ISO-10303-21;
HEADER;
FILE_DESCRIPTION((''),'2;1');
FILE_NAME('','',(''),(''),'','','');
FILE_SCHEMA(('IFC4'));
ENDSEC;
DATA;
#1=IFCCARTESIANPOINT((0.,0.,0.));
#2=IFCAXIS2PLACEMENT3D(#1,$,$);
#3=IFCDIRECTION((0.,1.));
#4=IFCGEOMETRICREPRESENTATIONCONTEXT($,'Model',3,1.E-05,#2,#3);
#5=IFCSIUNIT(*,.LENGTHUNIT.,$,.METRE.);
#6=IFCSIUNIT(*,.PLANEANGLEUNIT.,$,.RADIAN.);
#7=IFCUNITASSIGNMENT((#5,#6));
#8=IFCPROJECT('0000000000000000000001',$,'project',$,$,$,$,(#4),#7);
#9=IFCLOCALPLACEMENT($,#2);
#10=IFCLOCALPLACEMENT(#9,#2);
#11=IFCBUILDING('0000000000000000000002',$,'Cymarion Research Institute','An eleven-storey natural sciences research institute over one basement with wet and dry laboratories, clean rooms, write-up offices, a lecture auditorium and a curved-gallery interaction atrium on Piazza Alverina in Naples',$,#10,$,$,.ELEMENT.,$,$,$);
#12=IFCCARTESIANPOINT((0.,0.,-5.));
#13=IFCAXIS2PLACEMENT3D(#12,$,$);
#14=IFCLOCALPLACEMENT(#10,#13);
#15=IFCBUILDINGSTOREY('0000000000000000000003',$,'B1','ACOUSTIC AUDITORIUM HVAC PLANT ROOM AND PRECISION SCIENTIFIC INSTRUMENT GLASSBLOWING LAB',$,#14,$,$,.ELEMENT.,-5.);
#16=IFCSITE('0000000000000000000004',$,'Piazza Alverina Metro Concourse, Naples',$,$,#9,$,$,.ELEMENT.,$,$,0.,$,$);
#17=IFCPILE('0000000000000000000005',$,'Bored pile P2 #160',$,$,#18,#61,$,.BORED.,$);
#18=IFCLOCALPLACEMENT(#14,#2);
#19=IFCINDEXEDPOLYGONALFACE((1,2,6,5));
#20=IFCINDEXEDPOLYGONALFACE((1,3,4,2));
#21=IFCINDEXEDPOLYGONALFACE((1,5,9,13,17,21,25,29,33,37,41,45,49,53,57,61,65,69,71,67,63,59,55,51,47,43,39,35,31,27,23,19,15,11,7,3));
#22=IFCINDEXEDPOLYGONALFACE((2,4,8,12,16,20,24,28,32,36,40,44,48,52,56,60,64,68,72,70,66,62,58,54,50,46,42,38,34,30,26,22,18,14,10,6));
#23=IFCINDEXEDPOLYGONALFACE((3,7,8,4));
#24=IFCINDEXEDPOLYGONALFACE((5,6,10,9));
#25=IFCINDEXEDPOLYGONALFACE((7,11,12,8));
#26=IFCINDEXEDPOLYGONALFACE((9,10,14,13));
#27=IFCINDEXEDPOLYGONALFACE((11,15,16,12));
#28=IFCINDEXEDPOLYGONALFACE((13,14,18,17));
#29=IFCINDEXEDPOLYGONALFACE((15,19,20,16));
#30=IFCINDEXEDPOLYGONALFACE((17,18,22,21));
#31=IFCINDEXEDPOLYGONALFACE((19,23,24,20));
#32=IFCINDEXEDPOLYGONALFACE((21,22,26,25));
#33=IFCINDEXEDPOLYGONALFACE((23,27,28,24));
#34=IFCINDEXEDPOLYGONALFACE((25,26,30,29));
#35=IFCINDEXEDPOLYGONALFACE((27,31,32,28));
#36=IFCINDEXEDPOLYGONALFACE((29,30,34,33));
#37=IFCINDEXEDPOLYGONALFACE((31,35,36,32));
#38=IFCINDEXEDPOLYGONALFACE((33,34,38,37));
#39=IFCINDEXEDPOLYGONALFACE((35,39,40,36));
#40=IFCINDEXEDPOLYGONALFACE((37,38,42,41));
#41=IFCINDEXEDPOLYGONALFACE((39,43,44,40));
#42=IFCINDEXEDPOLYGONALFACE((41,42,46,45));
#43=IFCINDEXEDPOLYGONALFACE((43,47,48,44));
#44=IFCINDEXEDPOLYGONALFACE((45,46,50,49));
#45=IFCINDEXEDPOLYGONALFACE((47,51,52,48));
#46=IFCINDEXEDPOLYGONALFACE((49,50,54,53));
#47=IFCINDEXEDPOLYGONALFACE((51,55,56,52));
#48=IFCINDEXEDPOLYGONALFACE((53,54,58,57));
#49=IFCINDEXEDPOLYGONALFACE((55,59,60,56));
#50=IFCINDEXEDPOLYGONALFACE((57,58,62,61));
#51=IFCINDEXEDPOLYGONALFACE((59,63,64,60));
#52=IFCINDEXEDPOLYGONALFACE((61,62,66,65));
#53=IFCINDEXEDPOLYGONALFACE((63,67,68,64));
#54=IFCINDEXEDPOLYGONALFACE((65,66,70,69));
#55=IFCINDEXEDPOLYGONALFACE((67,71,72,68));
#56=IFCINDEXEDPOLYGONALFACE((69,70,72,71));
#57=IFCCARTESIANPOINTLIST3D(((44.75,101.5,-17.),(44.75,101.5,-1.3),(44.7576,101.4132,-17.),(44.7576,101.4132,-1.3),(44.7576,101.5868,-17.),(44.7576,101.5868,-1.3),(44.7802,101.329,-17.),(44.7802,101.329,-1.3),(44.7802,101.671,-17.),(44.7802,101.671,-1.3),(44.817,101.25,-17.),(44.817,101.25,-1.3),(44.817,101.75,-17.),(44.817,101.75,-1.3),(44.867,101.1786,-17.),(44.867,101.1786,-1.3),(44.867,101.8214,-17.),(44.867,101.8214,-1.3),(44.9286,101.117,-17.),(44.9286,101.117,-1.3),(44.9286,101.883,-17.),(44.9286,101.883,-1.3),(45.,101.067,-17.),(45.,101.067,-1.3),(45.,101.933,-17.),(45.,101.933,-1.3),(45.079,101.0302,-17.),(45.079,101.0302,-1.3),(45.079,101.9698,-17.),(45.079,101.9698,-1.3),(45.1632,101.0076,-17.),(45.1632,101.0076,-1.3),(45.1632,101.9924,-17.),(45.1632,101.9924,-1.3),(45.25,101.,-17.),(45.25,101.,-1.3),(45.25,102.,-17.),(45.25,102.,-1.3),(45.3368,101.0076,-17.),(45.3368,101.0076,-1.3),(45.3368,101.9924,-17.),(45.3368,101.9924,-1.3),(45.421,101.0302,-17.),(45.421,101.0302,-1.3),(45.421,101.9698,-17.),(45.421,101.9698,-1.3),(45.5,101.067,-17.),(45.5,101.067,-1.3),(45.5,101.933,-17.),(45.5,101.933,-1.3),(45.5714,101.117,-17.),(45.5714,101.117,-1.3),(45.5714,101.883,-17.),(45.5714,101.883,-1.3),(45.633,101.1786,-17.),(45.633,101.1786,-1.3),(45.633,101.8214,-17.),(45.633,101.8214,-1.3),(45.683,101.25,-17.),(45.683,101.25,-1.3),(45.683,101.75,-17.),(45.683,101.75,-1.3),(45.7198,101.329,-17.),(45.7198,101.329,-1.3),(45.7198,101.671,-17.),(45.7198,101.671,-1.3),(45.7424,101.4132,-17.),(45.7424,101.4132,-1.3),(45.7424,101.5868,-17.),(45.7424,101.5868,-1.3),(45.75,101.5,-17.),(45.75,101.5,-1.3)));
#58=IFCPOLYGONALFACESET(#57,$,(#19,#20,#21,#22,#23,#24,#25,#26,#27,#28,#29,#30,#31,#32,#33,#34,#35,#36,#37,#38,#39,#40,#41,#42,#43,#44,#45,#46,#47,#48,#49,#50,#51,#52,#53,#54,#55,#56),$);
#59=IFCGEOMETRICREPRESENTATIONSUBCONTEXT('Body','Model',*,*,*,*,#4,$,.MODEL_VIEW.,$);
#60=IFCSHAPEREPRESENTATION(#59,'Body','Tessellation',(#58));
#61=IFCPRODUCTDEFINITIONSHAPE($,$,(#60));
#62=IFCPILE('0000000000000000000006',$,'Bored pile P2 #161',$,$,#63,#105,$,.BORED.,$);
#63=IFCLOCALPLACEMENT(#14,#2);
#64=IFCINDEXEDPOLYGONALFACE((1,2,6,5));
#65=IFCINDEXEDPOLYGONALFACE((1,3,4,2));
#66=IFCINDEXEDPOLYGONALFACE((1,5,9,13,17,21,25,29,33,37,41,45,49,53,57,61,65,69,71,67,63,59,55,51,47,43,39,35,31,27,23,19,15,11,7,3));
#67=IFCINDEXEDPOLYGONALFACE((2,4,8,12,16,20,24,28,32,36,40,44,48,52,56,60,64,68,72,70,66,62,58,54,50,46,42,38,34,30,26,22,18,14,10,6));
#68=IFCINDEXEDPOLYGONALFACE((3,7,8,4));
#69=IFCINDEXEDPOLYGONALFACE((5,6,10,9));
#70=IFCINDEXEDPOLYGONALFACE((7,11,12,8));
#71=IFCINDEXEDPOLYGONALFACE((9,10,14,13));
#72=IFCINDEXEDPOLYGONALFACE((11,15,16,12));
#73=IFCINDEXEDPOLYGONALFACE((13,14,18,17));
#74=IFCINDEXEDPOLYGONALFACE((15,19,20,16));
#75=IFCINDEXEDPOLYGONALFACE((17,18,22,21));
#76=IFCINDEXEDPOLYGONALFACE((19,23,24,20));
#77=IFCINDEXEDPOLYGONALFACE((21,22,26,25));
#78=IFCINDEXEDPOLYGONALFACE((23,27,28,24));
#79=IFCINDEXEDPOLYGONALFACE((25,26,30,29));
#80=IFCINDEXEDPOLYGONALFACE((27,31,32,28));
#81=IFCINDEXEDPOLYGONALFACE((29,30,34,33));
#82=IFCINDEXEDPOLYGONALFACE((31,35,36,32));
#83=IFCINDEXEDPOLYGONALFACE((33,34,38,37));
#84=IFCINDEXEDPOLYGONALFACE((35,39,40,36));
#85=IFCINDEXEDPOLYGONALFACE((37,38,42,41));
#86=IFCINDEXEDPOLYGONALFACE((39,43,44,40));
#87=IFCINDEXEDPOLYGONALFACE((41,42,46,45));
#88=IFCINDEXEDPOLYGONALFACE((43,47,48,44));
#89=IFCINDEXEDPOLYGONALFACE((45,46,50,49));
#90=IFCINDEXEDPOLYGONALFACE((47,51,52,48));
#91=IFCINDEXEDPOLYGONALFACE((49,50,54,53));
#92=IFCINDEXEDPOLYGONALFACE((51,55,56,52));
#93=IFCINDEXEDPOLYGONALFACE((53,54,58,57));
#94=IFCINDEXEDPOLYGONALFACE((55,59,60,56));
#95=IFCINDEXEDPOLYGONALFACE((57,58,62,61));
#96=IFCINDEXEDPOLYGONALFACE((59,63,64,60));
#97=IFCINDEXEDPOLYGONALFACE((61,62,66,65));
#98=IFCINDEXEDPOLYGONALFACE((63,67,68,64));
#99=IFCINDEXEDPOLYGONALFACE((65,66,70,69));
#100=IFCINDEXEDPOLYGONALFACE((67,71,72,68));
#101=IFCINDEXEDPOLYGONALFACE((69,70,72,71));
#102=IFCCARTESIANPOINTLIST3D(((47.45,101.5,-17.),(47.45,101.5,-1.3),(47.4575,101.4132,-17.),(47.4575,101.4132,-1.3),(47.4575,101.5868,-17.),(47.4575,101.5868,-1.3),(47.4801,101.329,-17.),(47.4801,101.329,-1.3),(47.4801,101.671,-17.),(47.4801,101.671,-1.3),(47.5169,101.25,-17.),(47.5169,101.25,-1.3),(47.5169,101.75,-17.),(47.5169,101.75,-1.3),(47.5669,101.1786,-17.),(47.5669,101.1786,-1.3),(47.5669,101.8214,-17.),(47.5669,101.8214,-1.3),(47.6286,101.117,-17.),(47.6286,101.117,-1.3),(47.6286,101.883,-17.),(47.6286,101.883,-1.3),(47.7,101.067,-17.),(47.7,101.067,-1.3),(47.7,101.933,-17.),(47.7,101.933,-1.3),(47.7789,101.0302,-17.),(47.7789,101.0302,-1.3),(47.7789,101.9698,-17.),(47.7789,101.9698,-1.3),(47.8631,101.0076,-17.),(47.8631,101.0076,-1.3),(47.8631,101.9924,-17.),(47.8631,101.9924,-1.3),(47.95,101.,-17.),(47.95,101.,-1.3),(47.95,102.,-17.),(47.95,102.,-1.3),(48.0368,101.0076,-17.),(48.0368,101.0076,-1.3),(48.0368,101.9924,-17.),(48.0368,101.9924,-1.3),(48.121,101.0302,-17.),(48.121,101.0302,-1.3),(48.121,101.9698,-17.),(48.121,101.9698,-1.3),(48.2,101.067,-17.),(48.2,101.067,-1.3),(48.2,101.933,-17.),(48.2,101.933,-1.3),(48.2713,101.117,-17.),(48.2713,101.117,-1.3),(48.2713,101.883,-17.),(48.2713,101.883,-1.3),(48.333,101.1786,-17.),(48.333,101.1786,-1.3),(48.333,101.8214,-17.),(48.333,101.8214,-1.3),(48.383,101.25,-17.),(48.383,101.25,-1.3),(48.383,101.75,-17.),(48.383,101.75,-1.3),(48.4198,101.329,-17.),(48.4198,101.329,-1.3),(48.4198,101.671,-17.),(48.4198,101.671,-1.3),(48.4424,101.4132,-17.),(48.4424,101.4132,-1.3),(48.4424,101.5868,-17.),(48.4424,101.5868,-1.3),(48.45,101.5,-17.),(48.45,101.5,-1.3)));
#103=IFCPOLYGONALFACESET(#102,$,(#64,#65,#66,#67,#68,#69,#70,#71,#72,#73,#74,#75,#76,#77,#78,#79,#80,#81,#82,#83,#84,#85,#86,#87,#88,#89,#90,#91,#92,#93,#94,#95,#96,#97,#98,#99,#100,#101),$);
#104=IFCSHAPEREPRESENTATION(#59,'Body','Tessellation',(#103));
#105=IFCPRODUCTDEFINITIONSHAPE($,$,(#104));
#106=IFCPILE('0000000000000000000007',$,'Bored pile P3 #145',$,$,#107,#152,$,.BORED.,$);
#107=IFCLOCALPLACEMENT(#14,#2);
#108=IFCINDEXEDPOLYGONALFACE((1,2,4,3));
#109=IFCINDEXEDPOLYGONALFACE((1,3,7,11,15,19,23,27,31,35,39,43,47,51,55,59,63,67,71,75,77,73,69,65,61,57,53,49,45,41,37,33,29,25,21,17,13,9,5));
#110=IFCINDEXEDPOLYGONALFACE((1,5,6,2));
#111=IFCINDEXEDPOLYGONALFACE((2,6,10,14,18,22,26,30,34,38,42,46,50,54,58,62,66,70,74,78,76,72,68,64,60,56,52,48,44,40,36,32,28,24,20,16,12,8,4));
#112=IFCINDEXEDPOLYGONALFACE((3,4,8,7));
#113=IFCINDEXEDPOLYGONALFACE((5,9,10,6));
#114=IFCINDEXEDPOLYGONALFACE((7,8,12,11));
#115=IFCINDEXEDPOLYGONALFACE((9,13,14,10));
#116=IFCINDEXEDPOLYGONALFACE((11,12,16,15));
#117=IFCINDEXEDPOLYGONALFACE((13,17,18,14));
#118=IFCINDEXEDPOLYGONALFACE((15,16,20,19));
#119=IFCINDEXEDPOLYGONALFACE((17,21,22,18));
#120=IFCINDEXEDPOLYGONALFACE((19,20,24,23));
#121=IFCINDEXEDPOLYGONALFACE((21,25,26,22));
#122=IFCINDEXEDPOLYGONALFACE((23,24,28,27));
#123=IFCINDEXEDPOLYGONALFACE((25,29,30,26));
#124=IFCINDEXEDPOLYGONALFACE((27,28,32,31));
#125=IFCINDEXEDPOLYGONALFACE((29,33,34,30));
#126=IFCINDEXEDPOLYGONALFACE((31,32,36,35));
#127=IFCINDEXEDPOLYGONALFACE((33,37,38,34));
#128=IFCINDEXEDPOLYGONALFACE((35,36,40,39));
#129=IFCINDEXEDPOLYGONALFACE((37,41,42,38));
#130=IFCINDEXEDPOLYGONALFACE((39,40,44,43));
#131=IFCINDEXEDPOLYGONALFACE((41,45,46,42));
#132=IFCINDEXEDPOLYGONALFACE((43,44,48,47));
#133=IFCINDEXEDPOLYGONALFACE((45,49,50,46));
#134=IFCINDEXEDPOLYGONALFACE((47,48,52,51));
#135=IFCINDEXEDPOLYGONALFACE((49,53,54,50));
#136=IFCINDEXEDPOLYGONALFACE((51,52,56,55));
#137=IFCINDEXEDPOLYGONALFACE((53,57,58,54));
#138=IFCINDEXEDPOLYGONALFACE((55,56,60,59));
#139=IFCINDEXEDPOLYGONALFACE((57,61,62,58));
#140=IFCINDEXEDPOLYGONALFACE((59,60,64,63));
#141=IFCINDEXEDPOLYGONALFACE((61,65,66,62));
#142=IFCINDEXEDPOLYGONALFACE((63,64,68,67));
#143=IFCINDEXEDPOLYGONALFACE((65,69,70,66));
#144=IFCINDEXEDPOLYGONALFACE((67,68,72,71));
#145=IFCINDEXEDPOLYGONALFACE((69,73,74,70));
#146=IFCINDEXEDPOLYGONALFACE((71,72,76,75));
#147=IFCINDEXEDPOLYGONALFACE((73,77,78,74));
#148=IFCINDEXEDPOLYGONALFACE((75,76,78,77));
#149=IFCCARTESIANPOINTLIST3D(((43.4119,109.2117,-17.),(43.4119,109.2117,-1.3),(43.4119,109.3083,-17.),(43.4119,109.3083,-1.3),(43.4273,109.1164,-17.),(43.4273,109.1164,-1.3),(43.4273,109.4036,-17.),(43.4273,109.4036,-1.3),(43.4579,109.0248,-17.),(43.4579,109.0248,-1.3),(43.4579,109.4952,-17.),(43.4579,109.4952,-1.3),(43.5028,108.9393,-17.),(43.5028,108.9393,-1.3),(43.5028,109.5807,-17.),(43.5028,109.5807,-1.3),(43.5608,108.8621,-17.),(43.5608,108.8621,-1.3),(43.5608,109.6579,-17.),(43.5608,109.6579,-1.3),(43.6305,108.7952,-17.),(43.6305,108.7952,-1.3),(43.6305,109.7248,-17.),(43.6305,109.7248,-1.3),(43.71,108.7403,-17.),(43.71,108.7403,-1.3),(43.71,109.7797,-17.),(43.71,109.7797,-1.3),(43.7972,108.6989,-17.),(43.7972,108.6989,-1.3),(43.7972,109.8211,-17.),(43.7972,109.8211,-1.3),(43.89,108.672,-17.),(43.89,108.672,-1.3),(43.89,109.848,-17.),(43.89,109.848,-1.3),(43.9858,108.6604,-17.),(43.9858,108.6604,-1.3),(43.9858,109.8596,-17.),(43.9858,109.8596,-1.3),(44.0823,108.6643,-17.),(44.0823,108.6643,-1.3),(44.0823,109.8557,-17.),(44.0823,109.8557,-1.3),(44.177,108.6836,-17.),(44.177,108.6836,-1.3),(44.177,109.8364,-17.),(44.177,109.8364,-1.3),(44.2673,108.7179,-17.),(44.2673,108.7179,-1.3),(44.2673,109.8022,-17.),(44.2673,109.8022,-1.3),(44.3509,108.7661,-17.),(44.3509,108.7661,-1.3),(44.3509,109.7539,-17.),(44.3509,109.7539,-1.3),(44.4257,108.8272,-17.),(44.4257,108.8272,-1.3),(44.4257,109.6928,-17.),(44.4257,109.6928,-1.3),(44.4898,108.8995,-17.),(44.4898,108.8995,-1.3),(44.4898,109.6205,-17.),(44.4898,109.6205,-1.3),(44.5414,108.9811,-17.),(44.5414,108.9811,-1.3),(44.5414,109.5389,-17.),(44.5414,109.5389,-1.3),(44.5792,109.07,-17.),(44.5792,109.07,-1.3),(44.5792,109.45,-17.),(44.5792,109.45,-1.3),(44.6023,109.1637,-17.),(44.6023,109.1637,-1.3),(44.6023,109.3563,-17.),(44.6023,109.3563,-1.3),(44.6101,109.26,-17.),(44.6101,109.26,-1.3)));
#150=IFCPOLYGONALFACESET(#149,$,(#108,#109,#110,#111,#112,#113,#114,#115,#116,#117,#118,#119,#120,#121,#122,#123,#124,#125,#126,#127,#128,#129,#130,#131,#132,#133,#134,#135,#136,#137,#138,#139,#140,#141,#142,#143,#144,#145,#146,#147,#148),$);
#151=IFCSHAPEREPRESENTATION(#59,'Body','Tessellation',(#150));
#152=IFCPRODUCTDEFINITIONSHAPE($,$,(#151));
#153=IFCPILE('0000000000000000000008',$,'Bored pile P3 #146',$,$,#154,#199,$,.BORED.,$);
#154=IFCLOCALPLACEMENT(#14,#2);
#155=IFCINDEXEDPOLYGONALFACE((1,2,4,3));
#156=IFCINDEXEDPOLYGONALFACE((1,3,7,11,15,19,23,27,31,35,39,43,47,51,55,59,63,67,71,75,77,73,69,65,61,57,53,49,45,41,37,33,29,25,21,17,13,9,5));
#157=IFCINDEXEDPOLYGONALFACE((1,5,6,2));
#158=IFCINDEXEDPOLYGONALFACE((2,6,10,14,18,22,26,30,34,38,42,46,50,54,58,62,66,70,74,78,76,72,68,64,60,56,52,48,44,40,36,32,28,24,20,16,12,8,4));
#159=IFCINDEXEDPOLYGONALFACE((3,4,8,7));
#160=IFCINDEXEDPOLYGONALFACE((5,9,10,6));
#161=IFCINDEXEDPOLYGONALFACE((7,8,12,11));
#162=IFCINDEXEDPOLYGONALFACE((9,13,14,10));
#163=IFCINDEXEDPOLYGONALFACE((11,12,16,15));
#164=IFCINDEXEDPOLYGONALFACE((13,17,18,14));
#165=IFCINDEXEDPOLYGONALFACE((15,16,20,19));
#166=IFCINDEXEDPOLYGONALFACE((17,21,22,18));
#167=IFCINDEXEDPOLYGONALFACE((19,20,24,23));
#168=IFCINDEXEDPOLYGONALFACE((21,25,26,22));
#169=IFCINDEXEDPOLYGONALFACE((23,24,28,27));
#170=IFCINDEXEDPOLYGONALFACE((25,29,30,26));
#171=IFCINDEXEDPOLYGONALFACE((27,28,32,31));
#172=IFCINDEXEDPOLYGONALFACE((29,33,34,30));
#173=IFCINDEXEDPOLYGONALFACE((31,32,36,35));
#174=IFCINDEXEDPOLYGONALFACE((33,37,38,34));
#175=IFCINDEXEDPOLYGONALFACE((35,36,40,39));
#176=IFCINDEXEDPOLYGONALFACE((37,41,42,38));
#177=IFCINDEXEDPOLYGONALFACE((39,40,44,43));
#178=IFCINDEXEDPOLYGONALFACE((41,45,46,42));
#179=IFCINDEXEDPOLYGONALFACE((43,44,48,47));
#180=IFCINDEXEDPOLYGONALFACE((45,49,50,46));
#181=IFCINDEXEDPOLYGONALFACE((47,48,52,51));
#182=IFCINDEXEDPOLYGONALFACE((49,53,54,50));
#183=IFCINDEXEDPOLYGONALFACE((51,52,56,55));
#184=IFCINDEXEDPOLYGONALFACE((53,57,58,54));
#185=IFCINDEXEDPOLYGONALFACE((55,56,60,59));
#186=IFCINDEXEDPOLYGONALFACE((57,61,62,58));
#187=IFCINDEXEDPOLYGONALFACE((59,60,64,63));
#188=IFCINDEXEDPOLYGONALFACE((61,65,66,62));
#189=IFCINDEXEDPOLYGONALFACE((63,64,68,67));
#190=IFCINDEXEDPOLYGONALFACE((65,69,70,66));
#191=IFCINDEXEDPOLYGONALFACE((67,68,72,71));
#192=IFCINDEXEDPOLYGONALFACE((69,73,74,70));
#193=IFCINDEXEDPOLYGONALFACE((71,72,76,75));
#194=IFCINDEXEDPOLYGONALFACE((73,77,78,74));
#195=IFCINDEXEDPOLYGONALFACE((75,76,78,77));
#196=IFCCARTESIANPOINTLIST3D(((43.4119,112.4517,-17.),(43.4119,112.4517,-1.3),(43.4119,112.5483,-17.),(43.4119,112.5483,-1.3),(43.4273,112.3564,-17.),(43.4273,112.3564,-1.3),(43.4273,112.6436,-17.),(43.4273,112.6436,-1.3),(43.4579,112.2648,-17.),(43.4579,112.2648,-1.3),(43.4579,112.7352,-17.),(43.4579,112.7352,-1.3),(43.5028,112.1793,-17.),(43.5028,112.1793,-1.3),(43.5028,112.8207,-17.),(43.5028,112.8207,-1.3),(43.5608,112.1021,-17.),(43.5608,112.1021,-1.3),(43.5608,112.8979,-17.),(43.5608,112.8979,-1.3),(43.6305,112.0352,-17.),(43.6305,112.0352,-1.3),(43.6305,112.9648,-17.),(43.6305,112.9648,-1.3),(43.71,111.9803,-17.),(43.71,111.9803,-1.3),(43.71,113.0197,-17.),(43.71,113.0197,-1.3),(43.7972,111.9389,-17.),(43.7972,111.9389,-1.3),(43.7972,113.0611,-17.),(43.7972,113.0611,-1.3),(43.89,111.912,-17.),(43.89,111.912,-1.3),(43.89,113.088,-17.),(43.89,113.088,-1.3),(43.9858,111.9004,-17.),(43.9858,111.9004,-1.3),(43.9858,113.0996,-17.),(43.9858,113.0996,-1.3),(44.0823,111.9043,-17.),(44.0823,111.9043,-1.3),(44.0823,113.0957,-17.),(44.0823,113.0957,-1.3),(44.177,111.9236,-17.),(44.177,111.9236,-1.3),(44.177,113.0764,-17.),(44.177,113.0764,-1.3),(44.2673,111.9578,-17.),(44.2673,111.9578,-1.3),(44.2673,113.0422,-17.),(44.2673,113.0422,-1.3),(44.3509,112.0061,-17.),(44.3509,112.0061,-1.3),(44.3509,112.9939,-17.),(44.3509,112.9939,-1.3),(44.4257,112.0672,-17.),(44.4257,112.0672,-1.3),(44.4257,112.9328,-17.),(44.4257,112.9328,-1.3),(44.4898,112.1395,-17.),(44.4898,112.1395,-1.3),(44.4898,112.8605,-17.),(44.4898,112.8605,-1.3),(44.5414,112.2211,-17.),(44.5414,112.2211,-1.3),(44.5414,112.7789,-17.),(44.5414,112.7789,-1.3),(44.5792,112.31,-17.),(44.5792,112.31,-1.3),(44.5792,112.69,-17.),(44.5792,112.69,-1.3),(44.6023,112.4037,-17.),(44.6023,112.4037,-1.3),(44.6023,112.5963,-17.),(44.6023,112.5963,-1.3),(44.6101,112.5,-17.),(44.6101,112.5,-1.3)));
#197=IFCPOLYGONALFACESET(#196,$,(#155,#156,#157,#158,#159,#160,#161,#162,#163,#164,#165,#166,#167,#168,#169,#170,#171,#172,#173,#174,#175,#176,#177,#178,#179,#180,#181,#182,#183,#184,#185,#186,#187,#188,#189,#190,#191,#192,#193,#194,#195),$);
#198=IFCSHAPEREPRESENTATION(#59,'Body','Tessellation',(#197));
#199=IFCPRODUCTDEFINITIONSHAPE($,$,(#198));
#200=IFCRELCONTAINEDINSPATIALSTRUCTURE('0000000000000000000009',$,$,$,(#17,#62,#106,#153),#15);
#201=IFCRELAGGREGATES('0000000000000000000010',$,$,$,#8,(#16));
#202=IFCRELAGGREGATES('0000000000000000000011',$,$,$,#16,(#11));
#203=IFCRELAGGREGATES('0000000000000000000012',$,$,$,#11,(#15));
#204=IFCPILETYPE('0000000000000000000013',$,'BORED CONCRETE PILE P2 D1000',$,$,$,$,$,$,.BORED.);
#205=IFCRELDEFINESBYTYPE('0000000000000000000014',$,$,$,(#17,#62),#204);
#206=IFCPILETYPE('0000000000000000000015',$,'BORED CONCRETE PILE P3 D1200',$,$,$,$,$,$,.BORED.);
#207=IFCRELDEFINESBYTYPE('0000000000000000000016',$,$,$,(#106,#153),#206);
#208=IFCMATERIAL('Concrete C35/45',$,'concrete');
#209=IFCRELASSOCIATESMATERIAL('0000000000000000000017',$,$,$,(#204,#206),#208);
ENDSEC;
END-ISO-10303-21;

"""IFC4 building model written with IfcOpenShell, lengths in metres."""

from ifc_helpers import new_model, si_unit, direction, frame, origin, origin_2d, place, context, subcontext, project, spatial, circle, extrude, material, material_profile, profile_set, type_object, element, save


model = new_model("IFC4")

# Units and contexts
model_context = context("Model", 3, precision=1e-05, world=origin(), true_north=direction((0.0, 1.0)))
body_context = subcontext(model_context, "Body", "Model", "MODEL_VIEW")
ifc_project = project(units=[si_unit("LENGTHUNIT", "METRE"), si_unit("PLANEANGLEUNIT", "RADIAN")], contexts=[model_context])

# Site, building, storey
site_placement = place(None, origin())
site = spatial("IfcSite", under=ifc_project, at=site_placement, Name="Piazza Alverina Metro Concourse, Naples", CompositionType="ELEMENT", RefElevation=0.0)
building_placement = place(site_placement, origin())
building = spatial("IfcBuilding", under=site, at=building_placement, Name="Cymarion Research Institute", Description="An eleven-storey natural sciences research institute over one basement with wet and dry laboratories, clean rooms, write-up offices, a lecture auditorium and a curved-gallery interaction atrium on Piazza Alverina in Naples", CompositionType="ELEMENT")
storey_placement = place(building_placement, frame((0.0, 0.0, -5.0)))
storey = spatial("IfcBuildingStorey", under=building, at=storey_placement, Name="B1", Description="ACOUSTIC AUDITORIUM HVAC PLANT ROOM AND PRECISION SCIENTIFIC INSTRUMENT GLASSBLOWING LAB", CompositionType="ELEMENT", Elevation=-5.0)

# Piles
ifc_material_1 = material(Name="Concrete C35/45", Category="concrete")
ifc_material_profile_1 = material_profile(ifc_material_1, circle(Radius=0.5, at=origin_2d()), Name="BORED PILE D1000")
ifc_profile_set_1 = profile_set([ifc_material_profile_1], Name="Concrete C35/45")
pile_type_1 = type_object("IfcPileType", Name="BORED CONCRETE PILE P2 D1000", PredefinedType="BORED", material=ifc_profile_set_1)
for number, where, z_axis, x_axis, name in (
    (1, (45.25, 101.5, -1.3), (0.0, 0.0, -1.0), (1.0, 0.0, 0.0), "Bored pile P2 #160"),
    (2, (47.95, 101.5, -1.3), (0.0, 0.0, -1.0), (1.0, 0.0, 0.0), "Bored pile P2 #161"),
):
    element("IfcPile", number, at=place(storey_placement, frame(where, z_axis=z_axis, x_axis=x_axis)), inside=storey, type_object=pile_type_1, Name=name, PredefinedType="BORED", context=body_context, shape_type="SweptSolid", body=[
        extrude(circle(Radius=0.5, at=origin_2d()), origin(), (0.0, 0.0, 1.0), 15.7),
    ])
ifc_material_profile_2 = material_profile(ifc_material_1, circle(Radius=0.6001, at=origin_2d()), Name="BORED PILE D1200")
ifc_profile_set_2 = profile_set([ifc_material_profile_2], Name="Concrete C35/45")
pile_type_2 = type_object("IfcPileType", Name="BORED CONCRETE PILE P3 D1200", PredefinedType="BORED", material=ifc_profile_set_2)
for number, where, z_axis, x_axis, name in (
    (3, (44.01, 109.26, -1.3), (0.0, 0.0, -1.0), (1.0, 0.0, 0.0), "Bored pile P3 #145"),
    (4, (44.01, 112.5, -1.3), (0.0, 0.0, -1.0), (1.0, 0.0, 0.0), "Bored pile P3 #146"),
):
    element("IfcPile", number, at=place(storey_placement, frame(where, z_axis=z_axis, x_axis=x_axis)), inside=storey, type_object=pile_type_2, Name=name, PredefinedType="BORED", context=body_context, shape_type="SweptSolid", body=[
        extrude(circle(Radius=0.6001, at=origin_2d()), origin(), (0.0, 0.0, 1.0), 15.7),
    ])

save(model, "model.ifc")
